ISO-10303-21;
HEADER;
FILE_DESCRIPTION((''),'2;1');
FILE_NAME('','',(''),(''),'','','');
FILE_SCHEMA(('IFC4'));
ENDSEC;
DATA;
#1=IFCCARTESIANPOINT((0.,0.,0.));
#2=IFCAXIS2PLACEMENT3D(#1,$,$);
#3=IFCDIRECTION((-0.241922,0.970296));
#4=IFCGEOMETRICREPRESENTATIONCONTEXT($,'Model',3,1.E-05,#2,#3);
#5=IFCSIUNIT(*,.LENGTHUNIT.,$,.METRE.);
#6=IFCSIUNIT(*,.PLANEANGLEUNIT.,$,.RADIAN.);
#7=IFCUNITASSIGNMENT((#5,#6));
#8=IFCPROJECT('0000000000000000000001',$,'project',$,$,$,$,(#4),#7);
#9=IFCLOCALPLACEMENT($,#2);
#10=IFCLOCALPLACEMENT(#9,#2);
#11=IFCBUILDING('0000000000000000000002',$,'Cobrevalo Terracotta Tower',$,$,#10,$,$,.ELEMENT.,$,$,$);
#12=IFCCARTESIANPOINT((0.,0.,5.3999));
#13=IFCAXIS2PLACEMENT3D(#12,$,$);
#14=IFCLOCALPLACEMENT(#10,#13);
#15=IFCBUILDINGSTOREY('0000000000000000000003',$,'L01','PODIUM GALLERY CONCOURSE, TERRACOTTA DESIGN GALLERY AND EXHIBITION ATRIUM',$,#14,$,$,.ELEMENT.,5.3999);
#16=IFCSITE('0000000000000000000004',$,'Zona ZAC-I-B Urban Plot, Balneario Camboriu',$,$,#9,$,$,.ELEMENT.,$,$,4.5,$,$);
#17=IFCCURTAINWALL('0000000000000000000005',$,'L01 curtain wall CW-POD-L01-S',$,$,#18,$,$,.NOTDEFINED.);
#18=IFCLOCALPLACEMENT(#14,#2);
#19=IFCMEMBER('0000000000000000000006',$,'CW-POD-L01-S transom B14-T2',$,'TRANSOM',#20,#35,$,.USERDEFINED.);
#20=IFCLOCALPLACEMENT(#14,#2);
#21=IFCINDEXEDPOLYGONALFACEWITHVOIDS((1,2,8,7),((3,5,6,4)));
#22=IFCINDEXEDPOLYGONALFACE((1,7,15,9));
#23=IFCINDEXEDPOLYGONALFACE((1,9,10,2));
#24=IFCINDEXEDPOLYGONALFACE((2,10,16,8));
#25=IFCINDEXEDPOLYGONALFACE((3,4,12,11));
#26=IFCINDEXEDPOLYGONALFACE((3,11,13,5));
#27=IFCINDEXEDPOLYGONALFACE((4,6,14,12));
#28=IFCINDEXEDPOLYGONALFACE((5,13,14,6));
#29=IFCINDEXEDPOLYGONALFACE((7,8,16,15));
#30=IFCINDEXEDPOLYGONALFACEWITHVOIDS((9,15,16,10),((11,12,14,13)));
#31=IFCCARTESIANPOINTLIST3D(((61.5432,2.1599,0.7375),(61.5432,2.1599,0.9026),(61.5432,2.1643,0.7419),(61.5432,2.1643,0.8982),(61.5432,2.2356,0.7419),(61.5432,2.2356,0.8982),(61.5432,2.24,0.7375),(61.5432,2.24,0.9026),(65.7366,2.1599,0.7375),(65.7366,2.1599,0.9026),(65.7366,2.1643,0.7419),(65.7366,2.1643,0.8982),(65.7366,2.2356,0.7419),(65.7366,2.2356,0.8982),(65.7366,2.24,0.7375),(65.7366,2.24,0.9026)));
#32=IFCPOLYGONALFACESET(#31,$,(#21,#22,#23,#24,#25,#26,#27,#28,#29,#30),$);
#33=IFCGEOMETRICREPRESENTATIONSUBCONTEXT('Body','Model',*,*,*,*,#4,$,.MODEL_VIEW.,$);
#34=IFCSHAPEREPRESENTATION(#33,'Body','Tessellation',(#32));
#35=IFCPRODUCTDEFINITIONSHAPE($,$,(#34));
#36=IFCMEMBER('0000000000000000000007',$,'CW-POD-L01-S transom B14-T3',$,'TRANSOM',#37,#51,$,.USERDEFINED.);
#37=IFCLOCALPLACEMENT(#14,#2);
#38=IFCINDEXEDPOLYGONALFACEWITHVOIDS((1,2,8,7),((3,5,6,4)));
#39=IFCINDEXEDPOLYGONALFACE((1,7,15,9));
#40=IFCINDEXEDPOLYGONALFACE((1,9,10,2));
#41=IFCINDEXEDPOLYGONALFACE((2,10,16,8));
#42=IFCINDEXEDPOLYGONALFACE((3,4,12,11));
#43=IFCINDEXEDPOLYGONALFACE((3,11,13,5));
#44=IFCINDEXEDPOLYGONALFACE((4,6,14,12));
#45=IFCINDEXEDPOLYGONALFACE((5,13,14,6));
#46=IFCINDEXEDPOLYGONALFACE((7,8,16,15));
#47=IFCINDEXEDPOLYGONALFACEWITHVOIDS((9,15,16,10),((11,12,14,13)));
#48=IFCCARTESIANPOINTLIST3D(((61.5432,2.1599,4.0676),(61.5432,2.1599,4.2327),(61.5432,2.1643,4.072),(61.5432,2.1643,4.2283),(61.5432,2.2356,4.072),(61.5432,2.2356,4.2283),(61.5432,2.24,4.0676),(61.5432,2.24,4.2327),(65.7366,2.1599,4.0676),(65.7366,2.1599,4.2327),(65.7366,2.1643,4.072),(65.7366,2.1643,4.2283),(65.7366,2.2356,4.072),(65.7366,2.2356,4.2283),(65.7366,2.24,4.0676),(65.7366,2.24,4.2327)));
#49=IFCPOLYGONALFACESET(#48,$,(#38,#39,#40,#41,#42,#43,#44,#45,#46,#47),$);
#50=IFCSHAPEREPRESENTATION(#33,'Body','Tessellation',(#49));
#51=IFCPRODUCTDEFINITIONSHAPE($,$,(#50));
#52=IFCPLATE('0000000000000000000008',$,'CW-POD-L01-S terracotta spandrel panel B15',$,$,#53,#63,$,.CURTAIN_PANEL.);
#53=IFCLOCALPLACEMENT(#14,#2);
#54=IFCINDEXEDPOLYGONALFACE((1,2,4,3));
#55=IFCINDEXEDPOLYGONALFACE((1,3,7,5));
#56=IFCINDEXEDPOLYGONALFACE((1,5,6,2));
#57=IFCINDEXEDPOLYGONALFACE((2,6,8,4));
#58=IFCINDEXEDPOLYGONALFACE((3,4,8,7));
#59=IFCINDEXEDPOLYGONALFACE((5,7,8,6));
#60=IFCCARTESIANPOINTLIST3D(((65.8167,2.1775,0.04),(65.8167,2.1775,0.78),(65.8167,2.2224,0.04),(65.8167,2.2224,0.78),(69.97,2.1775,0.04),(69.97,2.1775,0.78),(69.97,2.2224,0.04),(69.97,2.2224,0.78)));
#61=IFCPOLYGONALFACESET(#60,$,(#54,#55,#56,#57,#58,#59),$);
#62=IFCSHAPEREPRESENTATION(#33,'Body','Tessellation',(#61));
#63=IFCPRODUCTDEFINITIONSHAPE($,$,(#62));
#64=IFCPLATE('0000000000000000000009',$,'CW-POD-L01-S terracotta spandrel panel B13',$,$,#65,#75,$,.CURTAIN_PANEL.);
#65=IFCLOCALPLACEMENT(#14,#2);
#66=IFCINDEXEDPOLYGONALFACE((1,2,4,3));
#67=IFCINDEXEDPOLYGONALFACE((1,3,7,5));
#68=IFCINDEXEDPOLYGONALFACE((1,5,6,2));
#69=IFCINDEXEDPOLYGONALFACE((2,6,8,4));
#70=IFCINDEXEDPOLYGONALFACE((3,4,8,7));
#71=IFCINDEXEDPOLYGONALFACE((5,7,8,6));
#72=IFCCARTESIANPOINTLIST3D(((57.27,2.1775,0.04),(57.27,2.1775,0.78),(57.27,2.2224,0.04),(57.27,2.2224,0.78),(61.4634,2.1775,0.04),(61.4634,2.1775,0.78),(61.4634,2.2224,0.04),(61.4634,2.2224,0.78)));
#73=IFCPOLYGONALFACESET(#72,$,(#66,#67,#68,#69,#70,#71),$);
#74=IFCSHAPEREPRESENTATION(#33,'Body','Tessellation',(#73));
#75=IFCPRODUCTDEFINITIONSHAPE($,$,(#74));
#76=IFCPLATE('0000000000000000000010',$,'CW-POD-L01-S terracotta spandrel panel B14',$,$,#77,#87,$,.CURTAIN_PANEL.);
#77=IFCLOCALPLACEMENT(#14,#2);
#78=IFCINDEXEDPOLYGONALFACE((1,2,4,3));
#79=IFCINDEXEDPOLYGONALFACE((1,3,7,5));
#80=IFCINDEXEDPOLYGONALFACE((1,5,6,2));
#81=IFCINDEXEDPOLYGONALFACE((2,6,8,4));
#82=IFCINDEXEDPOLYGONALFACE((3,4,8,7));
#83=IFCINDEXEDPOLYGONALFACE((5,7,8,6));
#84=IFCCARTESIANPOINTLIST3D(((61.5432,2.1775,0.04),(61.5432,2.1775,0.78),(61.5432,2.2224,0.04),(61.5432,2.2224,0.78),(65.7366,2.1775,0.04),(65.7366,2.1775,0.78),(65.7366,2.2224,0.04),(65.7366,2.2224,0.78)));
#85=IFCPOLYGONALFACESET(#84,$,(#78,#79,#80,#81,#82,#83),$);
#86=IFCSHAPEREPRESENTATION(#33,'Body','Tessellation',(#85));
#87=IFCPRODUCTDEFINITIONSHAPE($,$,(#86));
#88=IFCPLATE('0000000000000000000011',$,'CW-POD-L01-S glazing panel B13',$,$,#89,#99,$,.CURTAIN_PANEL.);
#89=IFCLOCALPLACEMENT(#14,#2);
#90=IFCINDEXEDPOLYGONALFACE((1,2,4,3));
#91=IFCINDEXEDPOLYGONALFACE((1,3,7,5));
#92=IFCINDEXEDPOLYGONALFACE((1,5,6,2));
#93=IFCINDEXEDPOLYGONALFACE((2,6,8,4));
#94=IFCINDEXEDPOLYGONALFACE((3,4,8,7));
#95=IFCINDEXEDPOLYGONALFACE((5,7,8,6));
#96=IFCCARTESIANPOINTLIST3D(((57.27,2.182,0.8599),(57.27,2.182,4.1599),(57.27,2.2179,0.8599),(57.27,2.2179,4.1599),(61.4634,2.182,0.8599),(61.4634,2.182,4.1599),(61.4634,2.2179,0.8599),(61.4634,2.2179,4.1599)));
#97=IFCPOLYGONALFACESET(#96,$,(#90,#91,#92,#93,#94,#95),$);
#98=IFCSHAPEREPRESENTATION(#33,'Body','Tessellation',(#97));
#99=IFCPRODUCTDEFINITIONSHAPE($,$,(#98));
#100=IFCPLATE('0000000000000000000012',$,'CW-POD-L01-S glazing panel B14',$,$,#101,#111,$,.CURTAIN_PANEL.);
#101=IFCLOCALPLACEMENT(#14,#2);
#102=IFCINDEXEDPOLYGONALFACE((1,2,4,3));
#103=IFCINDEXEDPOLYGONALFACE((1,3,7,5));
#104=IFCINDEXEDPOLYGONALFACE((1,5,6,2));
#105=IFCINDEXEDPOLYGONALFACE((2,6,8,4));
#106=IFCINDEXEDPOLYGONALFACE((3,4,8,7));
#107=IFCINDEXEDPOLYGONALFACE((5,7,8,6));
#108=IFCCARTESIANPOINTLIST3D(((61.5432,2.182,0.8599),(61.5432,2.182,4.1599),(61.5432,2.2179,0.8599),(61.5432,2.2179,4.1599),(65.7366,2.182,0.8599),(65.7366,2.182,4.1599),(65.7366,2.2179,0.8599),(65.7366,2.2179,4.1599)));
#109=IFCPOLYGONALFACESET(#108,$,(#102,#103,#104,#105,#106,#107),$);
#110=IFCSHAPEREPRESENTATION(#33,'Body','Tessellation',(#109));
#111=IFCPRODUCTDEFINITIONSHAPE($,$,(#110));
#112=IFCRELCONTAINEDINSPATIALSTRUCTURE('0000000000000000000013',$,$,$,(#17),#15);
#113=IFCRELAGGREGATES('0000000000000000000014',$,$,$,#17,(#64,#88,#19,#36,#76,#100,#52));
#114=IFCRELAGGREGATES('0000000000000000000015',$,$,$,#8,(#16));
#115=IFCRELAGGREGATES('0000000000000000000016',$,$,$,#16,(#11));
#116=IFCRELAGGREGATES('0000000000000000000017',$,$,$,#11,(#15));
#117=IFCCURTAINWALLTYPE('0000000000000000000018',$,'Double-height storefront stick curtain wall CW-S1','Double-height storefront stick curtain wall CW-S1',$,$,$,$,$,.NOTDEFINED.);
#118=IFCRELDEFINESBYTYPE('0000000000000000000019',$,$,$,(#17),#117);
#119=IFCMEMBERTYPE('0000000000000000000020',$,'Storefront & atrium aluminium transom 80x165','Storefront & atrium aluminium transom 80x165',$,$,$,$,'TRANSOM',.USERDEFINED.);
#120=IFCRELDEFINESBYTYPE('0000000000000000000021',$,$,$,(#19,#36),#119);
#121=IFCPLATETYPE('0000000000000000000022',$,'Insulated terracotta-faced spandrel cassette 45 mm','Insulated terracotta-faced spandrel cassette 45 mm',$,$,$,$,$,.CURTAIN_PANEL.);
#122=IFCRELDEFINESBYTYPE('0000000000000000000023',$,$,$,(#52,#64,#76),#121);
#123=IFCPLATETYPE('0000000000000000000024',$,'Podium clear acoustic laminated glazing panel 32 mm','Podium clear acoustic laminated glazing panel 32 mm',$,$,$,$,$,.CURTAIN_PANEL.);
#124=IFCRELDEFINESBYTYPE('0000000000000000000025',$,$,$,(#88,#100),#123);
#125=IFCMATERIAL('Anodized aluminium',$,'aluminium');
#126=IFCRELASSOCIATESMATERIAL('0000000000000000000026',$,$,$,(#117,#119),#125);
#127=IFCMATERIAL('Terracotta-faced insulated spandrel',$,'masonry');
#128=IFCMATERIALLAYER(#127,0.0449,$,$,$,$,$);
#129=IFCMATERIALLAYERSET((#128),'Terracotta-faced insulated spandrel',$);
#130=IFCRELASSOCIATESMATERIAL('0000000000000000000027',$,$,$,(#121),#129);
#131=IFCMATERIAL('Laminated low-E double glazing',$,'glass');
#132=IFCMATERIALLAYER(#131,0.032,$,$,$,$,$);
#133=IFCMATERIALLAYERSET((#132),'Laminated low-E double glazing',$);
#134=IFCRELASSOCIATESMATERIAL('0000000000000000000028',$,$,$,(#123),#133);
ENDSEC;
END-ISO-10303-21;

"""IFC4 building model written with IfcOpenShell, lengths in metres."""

from ifc_helpers import new_model, si_unit, direction, frame, origin, origin_2d, place, context, subcontext, project, spatial, rectangle, hollow_rectangle, extrude, source, transform, mapped, material, layer, layer_set, material_profile, profile_set, type_object, element, aggregate, save


model = new_model("IFC4")

# Units and contexts
model_context = context("Model", 3, precision=1e-05, world=origin(), true_north=direction((-0.241922, 0.970296)))
body_context = subcontext(model_context, "Body", "Model", "MODEL_VIEW")
ifc_project = project(units=[si_unit("LENGTHUNIT", "METRE"), si_unit("PLANEANGLEUNIT", "RADIAN")], contexts=[model_context])

# Site, building, storey
site_placement = place(None, origin())
site = spatial("IfcSite", under=ifc_project, at=site_placement, Name="Zona ZAC-I-B Urban Plot, Balneario Camboriu", CompositionType="ELEMENT", RefElevation=4.5)
building_placement = place(site_placement, origin())
building = spatial("IfcBuilding", under=site, at=building_placement, Name="Cobrevalo Terracotta Tower", CompositionType="ELEMENT")
storey_placement = place(building_placement, frame((0.0, 0.0, 5.3999)))
storey = spatial("IfcBuildingStorey", under=building, at=storey_placement, Name="L01", Description="PODIUM GALLERY CONCOURSE, TERRACOTTA DESIGN GALLERY AND EXHIBITION ATRIUM", CompositionType="ELEMENT", Elevation=5.3999)

# Curtain wall, members, plates
ifc_material_1 = material(Name="Anodized aluminium", Category="aluminium")
curtain_wall_type = type_object("IfcCurtainWallType", Name="Double-height storefront stick curtain wall CW-S1", Description="Double-height storefront stick curtain wall CW-S1", PredefinedType="NOTDEFINED", material=ifc_material_1)
curtain_wall_placement = place(storey_placement, origin())
curtain_wall = element("IfcCurtainWall", 1, at=curtain_wall_placement, inside=storey, type_object=curtain_wall_type, Name="L01 curtain wall CW-POD-L01-S", PredefinedType="NOTDEFINED")
ifc_material_profile_1 = material_profile(ifc_material_1, hollow_rectangle(XDim=0.0801, YDim=0.165, WallThickness=0.0044, at=origin_2d()), Name="CWT 80x165")
ifc_profile_set_1 = profile_set([ifc_material_profile_1], Name="Anodized aluminium")
member_type_1 = type_object("IfcMemberType", Name="Storefront & atrium aluminium transom 80x165", Description="Storefront & atrium aluminium transom 80x165", ElementType="TRANSOM", PredefinedType="USERDEFINED", material=ifc_profile_set_1)
shared_shape_1 = source(origin(), body_context, "Body", "SweptSolid", [
    extrude(hollow_rectangle(XDim=0.0801, YDim=0.165, WallThickness=0.0044, at=origin_2d()), origin(), (0.0, 0.0, 1.0), 4.1934),
])
member_1_placement = place(storey_placement, frame((61.5432, 2.2, 0.8201), z_axis=(1.0, 0.0, 0.0), x_axis=(0.0, 1.0, 0.0)))
member_1 = element("IfcMember", 2, at=member_1_placement, type_object=member_type_1, Name="CW-POD-L01-S transom B14-T2", ObjectType="TRANSOM", PredefinedType="USERDEFINED", context=body_context, shape_type="MappedRepresentation", body=[
    mapped(shared_shape_1, transform((0.0, 0.0, 0.0), scale=1.0)),
])
member_2_placement = place(storey_placement, frame((61.5432, 2.2, 4.1501), z_axis=(1.0, 0.0, 0.0), x_axis=(0.0, 1.0, 0.0)))
member_2 = element("IfcMember", 3, at=member_2_placement, type_object=member_type_1, Name="CW-POD-L01-S transom B14-T3", ObjectType="TRANSOM", PredefinedType="USERDEFINED", context=body_context, shape_type="MappedRepresentation", body=[
    mapped(shared_shape_1, transform((0.0, 0.0, 0.0), scale=1.0)),
])
ifc_material_2 = material(Name="Terracotta-faced insulated spandrel", Category="masonry")
ifc_layer_1 = layer(ifc_material_2, 0.0449)
ifc_layer_set_1 = layer_set([ifc_layer_1], Name="Terracotta-faced insulated spandrel")
plate_type_1 = type_object("IfcPlateType", Name="Insulated terracotta-faced spandrel cassette 45 mm", Description="Insulated terracotta-faced spandrel cassette 45 mm", PredefinedType="CURTAIN_PANEL", material=ifc_layer_set_1)
shared_shape_2 = source(origin(), body_context, "Body", "SweptSolid", [
    extrude(rectangle(XDim=4.1533, YDim=0.0449, at=origin_2d()), origin(), (0.0, 0.0, 1.0), 0.74),
])
plate_1_placement = place(storey_placement, frame((67.8933, 2.2, 0.04), z_axis=(0.0, 0.0, 1.0), x_axis=(1.0, 0.0, 0.0)))
plate_1 = element("IfcPlate", 4, at=plate_1_placement, type_object=plate_type_1, Name="CW-POD-L01-S terracotta spandrel panel B15", PredefinedType="CURTAIN_PANEL", context=body_context, shape_type="MappedRepresentation", body=[
    mapped(shared_shape_2, transform((0.0, 0.0, 0.0), scale=1.0)),
])
shared_shape_3 = source(origin(), body_context, "Body", "SweptSolid", [
    extrude(rectangle(XDim=4.1934, YDim=0.0449, at=origin_2d()), origin(), (0.0, 0.0, 1.0), 0.74),
])
plate_2_placement = place(storey_placement, frame((59.3667, 2.2, 0.04), z_axis=(0.0, 0.0, 1.0), x_axis=(1.0, 0.0, 0.0)))
plate_2 = element("IfcPlate", 5, at=plate_2_placement, type_object=plate_type_1, Name="CW-POD-L01-S terracotta spandrel panel B13", PredefinedType="CURTAIN_PANEL", context=body_context, shape_type="MappedRepresentation", body=[
    mapped(shared_shape_3, transform((0.0, 0.0, 0.0), scale=1.0)),
])
plate_3_placement = place(storey_placement, frame((63.6399, 2.2, 0.04), z_axis=(0.0, 0.0, 1.0), x_axis=(1.0, 0.0, 0.0)))
plate_3 = element("IfcPlate", 6, at=plate_3_placement, type_object=plate_type_1, Name="CW-POD-L01-S terracotta spandrel panel B14", PredefinedType="CURTAIN_PANEL", context=body_context, shape_type="MappedRepresentation", body=[
    mapped(shared_shape_3, transform((0.0, 0.0, 0.0), scale=1.0)),
])
ifc_material_3 = material(Name="Laminated low-E double glazing", Category="glass")
ifc_layer_2 = layer(ifc_material_3, 0.032)
ifc_layer_set_2 = layer_set([ifc_layer_2], Name="Laminated low-E double glazing")
plate_type_2 = type_object("IfcPlateType", Name="Podium clear acoustic laminated glazing panel 32 mm", Description="Podium clear acoustic laminated glazing panel 32 mm", PredefinedType="CURTAIN_PANEL", material=ifc_layer_set_2)
shared_shape_4 = source(origin(), body_context, "Body", "SweptSolid", [
    extrude(rectangle(XDim=4.1934, YDim=0.0359, at=origin_2d()), origin(), (0.0, 0.0, 1.0), 3.3),
])
plate_4_placement = place(storey_placement, frame((59.3667, 2.2, 0.8599), z_axis=(0.0, 0.0, 1.0), x_axis=(1.0, 0.0, 0.0)))
plate_4 = element("IfcPlate", 7, at=plate_4_placement, type_object=plate_type_2, Name="CW-POD-L01-S glazing panel B13", PredefinedType="CURTAIN_PANEL", context=body_context, shape_type="MappedRepresentation", body=[
    mapped(shared_shape_4, transform((0.0, 0.0, 0.0), scale=1.0)),
])
plate_5_placement = place(storey_placement, frame((63.6399, 2.2, 0.8599), z_axis=(0.0, 0.0, 1.0), x_axis=(1.0, 0.0, 0.0)))
plate_5 = element("IfcPlate", 8, at=plate_5_placement, type_object=plate_type_2, Name="CW-POD-L01-S glazing panel B14", PredefinedType="CURTAIN_PANEL", context=body_context, shape_type="MappedRepresentation", body=[
    mapped(shared_shape_4, transform((0.0, 0.0, 0.0), scale=1.0)),
])
aggregate(curtain_wall, [plate_2, plate_4, member_1, member_2, plate_3, plate_5, plate_1])

save(model, "model.ifc")
